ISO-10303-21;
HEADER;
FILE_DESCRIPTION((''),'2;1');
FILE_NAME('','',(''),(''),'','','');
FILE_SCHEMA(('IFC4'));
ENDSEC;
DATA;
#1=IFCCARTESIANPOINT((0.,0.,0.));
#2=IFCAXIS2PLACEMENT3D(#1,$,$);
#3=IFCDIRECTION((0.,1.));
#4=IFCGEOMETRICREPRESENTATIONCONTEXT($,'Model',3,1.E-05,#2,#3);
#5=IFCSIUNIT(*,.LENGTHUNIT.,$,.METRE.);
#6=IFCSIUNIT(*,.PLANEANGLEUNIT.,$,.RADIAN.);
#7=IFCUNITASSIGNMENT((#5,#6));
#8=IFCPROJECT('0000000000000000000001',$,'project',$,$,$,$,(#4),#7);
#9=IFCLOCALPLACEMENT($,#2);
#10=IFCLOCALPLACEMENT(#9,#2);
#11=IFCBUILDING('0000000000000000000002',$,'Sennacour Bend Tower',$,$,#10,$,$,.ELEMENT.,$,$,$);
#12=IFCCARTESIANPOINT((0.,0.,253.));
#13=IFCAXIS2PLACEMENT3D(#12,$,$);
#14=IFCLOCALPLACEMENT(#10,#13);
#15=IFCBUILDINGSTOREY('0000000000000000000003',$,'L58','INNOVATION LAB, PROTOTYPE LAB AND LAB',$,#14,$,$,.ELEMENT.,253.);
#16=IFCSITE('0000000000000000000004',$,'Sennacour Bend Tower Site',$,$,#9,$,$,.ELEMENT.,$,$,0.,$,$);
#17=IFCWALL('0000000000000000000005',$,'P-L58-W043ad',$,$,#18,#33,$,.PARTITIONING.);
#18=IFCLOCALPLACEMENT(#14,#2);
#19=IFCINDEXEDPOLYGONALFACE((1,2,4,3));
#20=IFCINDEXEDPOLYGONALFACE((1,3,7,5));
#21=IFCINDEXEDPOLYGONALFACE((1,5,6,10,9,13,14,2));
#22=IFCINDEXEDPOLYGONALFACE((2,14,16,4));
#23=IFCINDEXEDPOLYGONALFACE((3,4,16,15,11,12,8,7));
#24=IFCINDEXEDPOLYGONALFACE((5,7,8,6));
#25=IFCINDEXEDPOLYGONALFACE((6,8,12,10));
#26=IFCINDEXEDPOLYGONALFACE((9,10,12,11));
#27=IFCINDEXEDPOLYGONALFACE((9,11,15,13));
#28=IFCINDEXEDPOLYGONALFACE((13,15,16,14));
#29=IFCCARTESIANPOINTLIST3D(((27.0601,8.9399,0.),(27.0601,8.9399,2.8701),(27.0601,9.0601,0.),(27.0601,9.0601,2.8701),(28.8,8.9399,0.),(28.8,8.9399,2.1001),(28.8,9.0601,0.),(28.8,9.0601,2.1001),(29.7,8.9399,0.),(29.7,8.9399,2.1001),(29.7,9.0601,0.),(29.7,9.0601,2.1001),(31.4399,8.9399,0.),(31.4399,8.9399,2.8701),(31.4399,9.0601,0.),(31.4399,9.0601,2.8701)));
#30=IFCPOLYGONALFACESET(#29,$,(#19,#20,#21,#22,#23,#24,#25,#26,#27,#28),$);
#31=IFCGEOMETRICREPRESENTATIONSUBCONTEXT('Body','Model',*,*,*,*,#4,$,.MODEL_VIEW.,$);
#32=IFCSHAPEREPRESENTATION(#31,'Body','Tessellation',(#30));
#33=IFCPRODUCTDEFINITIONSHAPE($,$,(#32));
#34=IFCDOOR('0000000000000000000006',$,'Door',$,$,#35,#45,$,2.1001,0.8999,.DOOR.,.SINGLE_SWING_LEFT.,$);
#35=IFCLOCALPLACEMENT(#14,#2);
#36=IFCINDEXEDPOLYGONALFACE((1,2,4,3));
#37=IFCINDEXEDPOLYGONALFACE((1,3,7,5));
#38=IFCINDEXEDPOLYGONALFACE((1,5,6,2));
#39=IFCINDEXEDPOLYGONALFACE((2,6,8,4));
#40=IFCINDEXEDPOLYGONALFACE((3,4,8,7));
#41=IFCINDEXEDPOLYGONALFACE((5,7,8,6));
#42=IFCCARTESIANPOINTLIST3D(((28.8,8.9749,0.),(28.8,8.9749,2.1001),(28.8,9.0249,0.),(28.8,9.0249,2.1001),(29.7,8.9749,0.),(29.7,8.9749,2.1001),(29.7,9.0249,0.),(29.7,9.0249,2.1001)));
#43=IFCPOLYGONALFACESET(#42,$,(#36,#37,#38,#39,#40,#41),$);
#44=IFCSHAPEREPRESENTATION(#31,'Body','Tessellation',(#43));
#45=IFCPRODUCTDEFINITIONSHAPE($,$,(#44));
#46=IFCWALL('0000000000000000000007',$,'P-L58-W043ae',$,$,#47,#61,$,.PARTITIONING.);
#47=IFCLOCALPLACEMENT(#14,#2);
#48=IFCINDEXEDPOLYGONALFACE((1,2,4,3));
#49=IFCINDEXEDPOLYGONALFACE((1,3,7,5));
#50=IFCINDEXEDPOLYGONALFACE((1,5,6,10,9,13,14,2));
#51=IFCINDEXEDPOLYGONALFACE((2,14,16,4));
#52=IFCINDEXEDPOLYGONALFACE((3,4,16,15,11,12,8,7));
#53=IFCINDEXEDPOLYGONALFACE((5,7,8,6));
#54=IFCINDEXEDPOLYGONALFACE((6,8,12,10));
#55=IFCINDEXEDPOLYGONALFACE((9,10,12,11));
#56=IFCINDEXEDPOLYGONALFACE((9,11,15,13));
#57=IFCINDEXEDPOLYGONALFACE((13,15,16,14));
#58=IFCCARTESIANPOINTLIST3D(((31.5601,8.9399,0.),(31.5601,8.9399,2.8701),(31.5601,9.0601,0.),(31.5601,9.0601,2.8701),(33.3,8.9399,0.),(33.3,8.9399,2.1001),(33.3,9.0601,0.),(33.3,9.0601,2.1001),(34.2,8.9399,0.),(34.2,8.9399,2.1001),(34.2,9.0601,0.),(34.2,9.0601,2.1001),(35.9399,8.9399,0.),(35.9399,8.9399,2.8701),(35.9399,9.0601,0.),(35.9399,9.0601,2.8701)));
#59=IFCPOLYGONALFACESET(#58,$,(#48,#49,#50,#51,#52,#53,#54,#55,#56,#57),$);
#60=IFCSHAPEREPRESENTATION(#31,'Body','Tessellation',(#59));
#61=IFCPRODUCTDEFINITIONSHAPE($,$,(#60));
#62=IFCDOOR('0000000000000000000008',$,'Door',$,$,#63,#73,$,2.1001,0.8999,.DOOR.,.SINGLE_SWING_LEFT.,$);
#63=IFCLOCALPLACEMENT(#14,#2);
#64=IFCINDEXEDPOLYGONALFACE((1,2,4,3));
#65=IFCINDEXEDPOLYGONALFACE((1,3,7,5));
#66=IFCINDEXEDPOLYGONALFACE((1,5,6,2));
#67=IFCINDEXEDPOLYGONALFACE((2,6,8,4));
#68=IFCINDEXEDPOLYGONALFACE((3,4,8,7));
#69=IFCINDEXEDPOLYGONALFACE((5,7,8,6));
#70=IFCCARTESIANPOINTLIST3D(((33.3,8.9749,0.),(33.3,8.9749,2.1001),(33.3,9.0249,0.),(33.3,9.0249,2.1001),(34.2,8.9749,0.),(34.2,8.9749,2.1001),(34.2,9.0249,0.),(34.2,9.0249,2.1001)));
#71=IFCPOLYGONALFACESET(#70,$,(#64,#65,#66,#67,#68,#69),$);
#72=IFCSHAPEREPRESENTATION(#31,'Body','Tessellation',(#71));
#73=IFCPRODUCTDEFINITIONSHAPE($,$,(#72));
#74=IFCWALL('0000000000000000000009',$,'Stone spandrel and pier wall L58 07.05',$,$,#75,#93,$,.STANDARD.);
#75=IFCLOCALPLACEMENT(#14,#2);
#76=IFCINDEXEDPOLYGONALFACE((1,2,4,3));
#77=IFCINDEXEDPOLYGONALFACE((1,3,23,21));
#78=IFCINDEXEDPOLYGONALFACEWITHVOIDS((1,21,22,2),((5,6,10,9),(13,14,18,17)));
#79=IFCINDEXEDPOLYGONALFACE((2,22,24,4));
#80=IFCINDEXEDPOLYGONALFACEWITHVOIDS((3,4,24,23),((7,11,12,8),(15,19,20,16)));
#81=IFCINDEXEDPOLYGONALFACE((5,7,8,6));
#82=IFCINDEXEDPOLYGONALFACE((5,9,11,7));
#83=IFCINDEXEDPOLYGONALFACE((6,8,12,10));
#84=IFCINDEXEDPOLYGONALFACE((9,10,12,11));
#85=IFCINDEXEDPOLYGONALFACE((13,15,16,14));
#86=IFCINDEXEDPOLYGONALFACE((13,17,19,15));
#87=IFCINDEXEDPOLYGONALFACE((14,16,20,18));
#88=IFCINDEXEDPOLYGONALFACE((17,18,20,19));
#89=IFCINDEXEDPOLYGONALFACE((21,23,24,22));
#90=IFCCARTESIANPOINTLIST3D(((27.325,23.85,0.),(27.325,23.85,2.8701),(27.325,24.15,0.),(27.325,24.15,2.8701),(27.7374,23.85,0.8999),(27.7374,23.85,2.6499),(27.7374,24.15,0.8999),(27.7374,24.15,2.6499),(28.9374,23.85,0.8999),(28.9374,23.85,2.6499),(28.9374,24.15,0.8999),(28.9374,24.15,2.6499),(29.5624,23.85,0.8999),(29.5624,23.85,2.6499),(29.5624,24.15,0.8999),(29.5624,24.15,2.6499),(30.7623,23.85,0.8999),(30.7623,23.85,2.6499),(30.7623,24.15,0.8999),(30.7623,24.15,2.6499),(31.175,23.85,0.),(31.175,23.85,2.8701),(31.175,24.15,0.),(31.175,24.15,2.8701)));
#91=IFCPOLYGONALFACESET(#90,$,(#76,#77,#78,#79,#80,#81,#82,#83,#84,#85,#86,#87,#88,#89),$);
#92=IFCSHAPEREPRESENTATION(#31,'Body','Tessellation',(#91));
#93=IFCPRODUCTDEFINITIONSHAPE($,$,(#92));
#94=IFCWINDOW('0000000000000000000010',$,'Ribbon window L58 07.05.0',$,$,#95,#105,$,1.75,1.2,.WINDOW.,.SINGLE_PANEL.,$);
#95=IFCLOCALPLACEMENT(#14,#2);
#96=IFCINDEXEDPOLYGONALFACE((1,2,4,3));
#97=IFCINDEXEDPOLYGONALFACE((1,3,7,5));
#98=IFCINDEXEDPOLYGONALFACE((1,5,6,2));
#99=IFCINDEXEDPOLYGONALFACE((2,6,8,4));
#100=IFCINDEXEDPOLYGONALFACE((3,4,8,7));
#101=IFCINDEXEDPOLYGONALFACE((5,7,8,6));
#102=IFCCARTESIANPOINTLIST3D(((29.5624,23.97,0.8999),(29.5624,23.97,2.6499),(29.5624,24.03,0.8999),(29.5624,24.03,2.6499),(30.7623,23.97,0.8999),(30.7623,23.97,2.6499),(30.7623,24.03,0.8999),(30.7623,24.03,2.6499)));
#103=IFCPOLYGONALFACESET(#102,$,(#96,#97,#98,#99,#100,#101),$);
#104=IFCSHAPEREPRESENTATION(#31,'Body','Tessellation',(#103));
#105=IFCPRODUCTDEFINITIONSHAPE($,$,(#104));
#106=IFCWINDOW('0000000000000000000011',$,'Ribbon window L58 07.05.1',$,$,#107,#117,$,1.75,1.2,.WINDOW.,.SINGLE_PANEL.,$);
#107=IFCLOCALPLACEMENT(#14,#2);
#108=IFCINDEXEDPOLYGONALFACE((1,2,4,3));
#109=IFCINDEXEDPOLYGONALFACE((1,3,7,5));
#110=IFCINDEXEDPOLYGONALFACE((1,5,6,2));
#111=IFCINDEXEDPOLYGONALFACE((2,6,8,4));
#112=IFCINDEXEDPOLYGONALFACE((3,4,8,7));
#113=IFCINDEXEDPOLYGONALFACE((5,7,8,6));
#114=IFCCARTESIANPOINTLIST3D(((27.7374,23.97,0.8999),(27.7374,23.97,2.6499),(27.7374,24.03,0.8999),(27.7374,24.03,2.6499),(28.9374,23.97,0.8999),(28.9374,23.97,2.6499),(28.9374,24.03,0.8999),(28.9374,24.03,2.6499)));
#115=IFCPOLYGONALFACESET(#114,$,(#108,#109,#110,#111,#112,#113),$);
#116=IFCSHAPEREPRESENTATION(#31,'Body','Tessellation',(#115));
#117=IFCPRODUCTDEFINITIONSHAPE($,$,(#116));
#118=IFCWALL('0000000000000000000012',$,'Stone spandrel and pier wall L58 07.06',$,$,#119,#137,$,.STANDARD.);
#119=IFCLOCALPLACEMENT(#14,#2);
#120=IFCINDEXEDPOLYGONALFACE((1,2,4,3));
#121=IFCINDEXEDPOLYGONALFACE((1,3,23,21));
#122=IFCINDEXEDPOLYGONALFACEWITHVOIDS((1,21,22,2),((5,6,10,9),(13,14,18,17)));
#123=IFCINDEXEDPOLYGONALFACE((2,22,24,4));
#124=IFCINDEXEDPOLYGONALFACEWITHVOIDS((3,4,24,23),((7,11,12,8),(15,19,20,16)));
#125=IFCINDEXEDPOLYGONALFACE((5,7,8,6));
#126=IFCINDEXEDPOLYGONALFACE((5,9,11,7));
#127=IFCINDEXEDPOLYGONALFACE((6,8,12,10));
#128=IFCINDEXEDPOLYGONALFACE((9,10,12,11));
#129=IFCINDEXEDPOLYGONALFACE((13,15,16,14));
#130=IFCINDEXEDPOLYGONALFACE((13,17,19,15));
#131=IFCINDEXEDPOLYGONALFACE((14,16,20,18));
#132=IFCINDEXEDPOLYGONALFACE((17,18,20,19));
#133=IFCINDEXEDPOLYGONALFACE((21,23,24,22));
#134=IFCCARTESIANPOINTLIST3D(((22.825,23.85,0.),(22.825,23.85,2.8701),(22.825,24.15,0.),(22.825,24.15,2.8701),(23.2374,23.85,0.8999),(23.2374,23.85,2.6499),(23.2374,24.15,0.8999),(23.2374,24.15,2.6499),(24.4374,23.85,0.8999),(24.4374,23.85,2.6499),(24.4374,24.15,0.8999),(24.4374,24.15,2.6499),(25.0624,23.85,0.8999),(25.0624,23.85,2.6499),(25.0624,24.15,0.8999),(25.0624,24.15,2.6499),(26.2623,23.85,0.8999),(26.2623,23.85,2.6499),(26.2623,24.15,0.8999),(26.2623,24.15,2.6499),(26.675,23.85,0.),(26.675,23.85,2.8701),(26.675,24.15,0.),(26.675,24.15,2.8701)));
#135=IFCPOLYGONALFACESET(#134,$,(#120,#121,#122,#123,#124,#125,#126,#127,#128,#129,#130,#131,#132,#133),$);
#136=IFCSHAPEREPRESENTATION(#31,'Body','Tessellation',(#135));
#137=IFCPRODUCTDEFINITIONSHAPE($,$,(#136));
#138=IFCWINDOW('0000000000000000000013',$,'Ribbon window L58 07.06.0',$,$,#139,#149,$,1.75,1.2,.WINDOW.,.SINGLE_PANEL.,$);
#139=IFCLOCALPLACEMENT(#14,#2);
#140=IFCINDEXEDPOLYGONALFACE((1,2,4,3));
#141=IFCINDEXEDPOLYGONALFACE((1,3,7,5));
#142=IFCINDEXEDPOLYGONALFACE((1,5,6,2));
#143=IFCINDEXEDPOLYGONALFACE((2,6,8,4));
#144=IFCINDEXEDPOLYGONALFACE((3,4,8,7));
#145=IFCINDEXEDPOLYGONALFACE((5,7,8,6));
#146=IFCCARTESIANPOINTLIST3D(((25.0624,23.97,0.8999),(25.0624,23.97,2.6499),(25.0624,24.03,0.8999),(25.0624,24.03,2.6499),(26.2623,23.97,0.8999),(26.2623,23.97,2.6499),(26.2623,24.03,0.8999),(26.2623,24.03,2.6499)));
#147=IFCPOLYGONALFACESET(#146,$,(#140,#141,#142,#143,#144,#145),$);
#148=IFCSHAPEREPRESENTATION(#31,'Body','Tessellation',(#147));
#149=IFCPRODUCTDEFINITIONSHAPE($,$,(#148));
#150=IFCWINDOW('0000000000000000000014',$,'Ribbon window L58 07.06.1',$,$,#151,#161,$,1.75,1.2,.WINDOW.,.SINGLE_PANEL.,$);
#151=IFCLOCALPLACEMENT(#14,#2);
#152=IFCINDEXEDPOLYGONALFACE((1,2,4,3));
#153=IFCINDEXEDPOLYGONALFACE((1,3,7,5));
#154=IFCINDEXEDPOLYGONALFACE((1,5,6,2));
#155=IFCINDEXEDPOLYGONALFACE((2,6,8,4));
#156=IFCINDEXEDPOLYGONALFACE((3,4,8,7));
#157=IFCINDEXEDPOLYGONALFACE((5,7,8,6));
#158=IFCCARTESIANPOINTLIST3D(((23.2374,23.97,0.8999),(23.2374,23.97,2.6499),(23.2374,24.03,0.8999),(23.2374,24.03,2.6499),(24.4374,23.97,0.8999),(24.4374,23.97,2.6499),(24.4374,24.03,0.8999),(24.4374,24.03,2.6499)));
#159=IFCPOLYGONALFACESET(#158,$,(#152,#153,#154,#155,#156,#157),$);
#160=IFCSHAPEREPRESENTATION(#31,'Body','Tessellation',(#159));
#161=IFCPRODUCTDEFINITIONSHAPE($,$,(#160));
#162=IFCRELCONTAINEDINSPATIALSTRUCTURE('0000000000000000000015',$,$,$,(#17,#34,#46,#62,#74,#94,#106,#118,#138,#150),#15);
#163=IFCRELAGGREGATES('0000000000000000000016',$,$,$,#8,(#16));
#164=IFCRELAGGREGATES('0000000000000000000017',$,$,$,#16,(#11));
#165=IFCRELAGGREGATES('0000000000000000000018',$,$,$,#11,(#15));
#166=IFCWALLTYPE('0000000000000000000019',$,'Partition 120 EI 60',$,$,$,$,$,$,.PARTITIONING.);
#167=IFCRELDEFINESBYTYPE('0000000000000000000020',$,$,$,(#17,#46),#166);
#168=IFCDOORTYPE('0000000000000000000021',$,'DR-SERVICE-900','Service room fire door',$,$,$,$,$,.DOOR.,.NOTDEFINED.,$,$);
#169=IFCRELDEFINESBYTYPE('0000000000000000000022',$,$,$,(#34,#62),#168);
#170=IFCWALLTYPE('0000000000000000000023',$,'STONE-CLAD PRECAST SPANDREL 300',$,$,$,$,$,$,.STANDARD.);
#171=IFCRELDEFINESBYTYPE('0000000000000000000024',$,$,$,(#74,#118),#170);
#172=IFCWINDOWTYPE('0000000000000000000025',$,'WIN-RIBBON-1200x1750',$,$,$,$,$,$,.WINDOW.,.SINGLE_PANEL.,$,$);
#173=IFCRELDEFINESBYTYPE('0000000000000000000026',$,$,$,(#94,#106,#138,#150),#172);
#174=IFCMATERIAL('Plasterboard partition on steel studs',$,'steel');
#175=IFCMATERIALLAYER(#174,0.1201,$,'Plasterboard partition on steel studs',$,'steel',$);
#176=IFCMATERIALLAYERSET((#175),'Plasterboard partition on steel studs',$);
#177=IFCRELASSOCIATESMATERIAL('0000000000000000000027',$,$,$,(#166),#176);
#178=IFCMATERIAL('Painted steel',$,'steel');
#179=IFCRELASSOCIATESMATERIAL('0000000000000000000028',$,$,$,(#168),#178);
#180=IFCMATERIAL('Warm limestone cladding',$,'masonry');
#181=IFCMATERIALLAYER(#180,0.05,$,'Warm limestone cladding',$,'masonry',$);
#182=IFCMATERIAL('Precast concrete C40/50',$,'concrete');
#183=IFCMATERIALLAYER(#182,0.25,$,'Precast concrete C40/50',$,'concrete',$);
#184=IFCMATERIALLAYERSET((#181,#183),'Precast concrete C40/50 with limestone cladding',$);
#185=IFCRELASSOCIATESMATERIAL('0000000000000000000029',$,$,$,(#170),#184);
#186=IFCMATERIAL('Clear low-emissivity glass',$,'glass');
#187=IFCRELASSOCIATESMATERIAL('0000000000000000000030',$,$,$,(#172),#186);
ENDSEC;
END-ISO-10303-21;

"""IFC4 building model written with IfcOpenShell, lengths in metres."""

from ifc_helpers import new_model, si_unit, direction, frame, frame_2d, origin, place, context, subcontext, project, spatial, rectangle, extrude, material, layer, layer_set, type_object, element, fill, save


model = new_model("IFC4")

# Units and contexts
model_context = context("Model", 3, precision=1e-05, world=origin(), true_north=direction((0.0, 1.0)))
body_context = subcontext(model_context, "Body", "Model", "MODEL_VIEW")
ifc_project = project(units=[si_unit("LENGTHUNIT", "METRE"), si_unit("PLANEANGLEUNIT", "RADIAN")], contexts=[model_context])

# Site, building, storey
site_placement = place(None, origin())
site = spatial("IfcSite", under=ifc_project, at=site_placement, Name="Sennacour Bend Tower Site", CompositionType="ELEMENT", RefElevation=0.0)
building_placement = place(site_placement, origin())
building = spatial("IfcBuilding", under=site, at=building_placement, Name="Sennacour Bend Tower", CompositionType="ELEMENT")
storey_placement = place(building_placement, frame((0.0, 0.0, 253.0)))
storey = spatial("IfcBuildingStorey", under=building, at=storey_placement, Name="L58", Description="INNOVATION LAB, PROTOTYPE LAB AND LAB", CompositionType="ELEMENT", Elevation=253.0)

# Shared definitions
ifc_material_1 = material(Name="Plasterboard partition on steel studs", Category="steel")

# Walls, openings, doors
ifc_layer_1 = layer(ifc_material_1, 0.1201, Name="Plasterboard partition on steel studs", Category="steel")
ifc_layer_set_1 = layer_set([ifc_layer_1], Name="Plasterboard partition on steel studs")
wall_type_1 = type_object("IfcWallType", Name="Partition 120 EI 60", PredefinedType="PARTITIONING", material=ifc_layer_set_1)
wall_1_placement = place(storey_placement, frame((27.0601, 9.0, 0.0), z_axis=(0.0, 0.0, 1.0), x_axis=(1.0, 0.0, 0.0)))
wall_1 = element("IfcWall", 1, at=wall_1_placement, inside=storey, type_object=wall_type_1, Name="P-L58-W043ad", PredefinedType="PARTITIONING", context=body_context, shape_type="SweptSolid", body=[
    extrude(rectangle(XDim=4.3799, YDim=0.1201, at=frame_2d((2.1899, 0.0))), origin(), (0.0, 0.0, 1.0), 2.8701),
])
opening_1_placement = place(wall_1_placement, frame((1.74, 0.0, 0.0)))
opening_1 = element("IfcOpeningElement", 2, at=opening_1_placement, cuts=wall_1, PredefinedType="OPENING", context=body_context, shape_type="SweptSolid", body=[
    extrude(rectangle(XDim=0.8999, YDim=2.1001, at=frame_2d((0.45, 1.05))), frame((0.0, 0.0701, 0.0), z_axis=(0.0, -1.0, 0.0), x_axis=(1.0, 0.0, 0.0)), (0.0, 0.0, 1.0), 0.1401),
])
ifc_material_2 = material(Name="Painted steel", Category="steel")
door_type_1 = type_object("IfcDoorType", Name="DR-SERVICE-900", Description="Service room fire door", OperationType="NOTDEFINED", PredefinedType="DOOR", material=ifc_material_2)
door_1_placement = place(opening_1_placement, origin())
door_1 = element("IfcDoor", 3, at=door_1_placement, inside=storey, type_object=door_type_1, Name="Door", OperationType="SINGLE_SWING_LEFT", OverallHeight=2.1001, OverallWidth=0.8999, PredefinedType="DOOR", context=body_context, shape_type="SweptSolid", body=[
    extrude(rectangle(XDim=0.8999, YDim=2.1001, at=frame_2d((0.45, 1.05))), frame((0.0, 0.0249, 0.0), z_axis=(0.0, -1.0, 0.0), x_axis=(1.0, 0.0, 0.0)), (0.0, 0.0, 1.0), 0.05),
])
fill(opening_1, door_1)
wall_2_placement = place(storey_placement, frame((31.5601, 9.0, 0.0), z_axis=(0.0, 0.0, 1.0), x_axis=(1.0, 0.0, 0.0)))
wall_2 = element("IfcWall", 4, at=wall_2_placement, inside=storey, type_object=wall_type_1, Name="P-L58-W043ae", PredefinedType="PARTITIONING", context=body_context, shape_type="SweptSolid", body=[
    extrude(rectangle(XDim=4.3799, YDim=0.1201, at=frame_2d((2.1899, 0.0))), origin(), (0.0, 0.0, 1.0), 2.8701),
])
opening_2_placement = place(wall_2_placement, frame((1.74, 0.0, 0.0)))
opening_2 = element("IfcOpeningElement", 5, at=opening_2_placement, cuts=wall_2, PredefinedType="OPENING", context=body_context, shape_type="SweptSolid", body=[
    extrude(rectangle(XDim=0.8999, YDim=2.1001, at=frame_2d((0.45, 1.05))), frame((0.0, 0.0701, 0.0), z_axis=(0.0, -1.0, 0.0), x_axis=(1.0, 0.0, 0.0)), (0.0, 0.0, 1.0), 0.1401),
])
door_2_placement = place(opening_2_placement, origin())
door_2 = element("IfcDoor", 6, at=door_2_placement, inside=storey, type_object=door_type_1, Name="Door", OperationType="SINGLE_SWING_LEFT", OverallHeight=2.1001, OverallWidth=0.8999, PredefinedType="DOOR", context=body_context, shape_type="SweptSolid", body=[
    extrude(rectangle(XDim=0.8999, YDim=2.1001, at=frame_2d((0.45, 1.05))), frame((0.0, 0.0249, 0.0), z_axis=(0.0, -1.0, 0.0), x_axis=(1.0, 0.0, 0.0)), (0.0, 0.0, 1.0), 0.05),
])
fill(opening_2, door_2)

# Walls, openings, windows
ifc_material_3 = material(Name="Warm limestone cladding", Category="masonry")
ifc_layer_2 = layer(ifc_material_3, 0.05, Name="Warm limestone cladding", Category="masonry")
ifc_material_4 = material(Name="Precast concrete C40/50", Category="concrete")
ifc_layer_3 = layer(ifc_material_4, 0.25, Name="Precast concrete C40/50", Category="concrete")
ifc_layer_set_2 = layer_set([ifc_layer_2, ifc_layer_3], Name="Precast concrete C40/50 with limestone cladding")
wall_type_2 = type_object("IfcWallType", Name="STONE-CLAD PRECAST SPANDREL 300", PredefinedType="STANDARD", material=ifc_layer_set_2)
wall_3_placement = place(storey_placement, frame((31.175, 24.0, 0.0), z_axis=(0.0, 0.0, 1.0), x_axis=(-1.0, 0.0, 0.0)))
wall_3 = element("IfcWall", 7, at=wall_3_placement, inside=storey, type_object=wall_type_2, Name="Stone spandrel and pier wall L58 07.05", PredefinedType="STANDARD", context=body_context, shape_type="SweptSolid", body=[
    extrude(rectangle(XDim=3.8501, YDim=0.3, at=frame_2d((1.925, 0.0))), origin(), (0.0, 0.0, 1.0), 2.8701),
])
opening_3_placement = place(wall_3_placement, frame((0.4126, 0.0, 0.8999)))
opening_3 = element("IfcOpeningElement", 8, at=opening_3_placement, cuts=wall_3, PredefinedType="OPENING", context=body_context, shape_type="SweptSolid", body=[
    extrude(rectangle(XDim=1.2, YDim=1.75, at=frame_2d((0.6001, 0.875))), frame((0.0, 0.1602, 0.0), z_axis=(0.0, -1.0, 0.0), x_axis=(1.0, 0.0, 0.0)), (0.0, 0.0, 1.0), 0.3201),
])
opening_4_placement = place(wall_3_placement, frame((2.2375, 0.0, 0.8999)))
opening_4 = element("IfcOpeningElement", 9, at=opening_4_placement, cuts=wall_3, PredefinedType="OPENING", context=body_context, shape_type="SweptSolid", body=[
    extrude(rectangle(XDim=1.2, YDim=1.75, at=frame_2d((0.6001, 0.875))), frame((0.0, 0.1602, 0.0), z_axis=(0.0, -1.0, 0.0), x_axis=(1.0, 0.0, 0.0)), (0.0, 0.0, 1.0), 0.3201),
])
ifc_material_5 = material(Name="Clear low-emissivity glass", Category="glass")
window_type = type_object("IfcWindowType", Name="WIN-RIBBON-1200x1750", PartitioningType="SINGLE_PANEL", PredefinedType="WINDOW", material=ifc_material_5)
window_1_placement = place(opening_3_placement, origin())
window_1 = element("IfcWindow", 10, at=window_1_placement, inside=storey, type_object=window_type, Name="Ribbon window L58 07.05.0", OverallHeight=1.75, OverallWidth=1.2, PartitioningType="SINGLE_PANEL", PredefinedType="WINDOW", context=body_context, shape_type="SweptSolid", body=[
    extrude(rectangle(XDim=1.2, YDim=1.75, at=frame_2d((0.6001, 0.875))), frame((0.0, 0.03, 0.0), z_axis=(0.0, -1.0, 0.0), x_axis=(1.0, 0.0, 0.0)), (0.0, 0.0, 1.0), 0.0601),
])
fill(opening_3, window_1)
window_2_placement = place(opening_4_placement, origin())
window_2 = element("IfcWindow", 11, at=window_2_placement, inside=storey, type_object=window_type, Name="Ribbon window L58 07.05.1", OverallHeight=1.75, OverallWidth=1.2, PartitioningType="SINGLE_PANEL", PredefinedType="WINDOW", context=body_context, shape_type="SweptSolid", body=[
    extrude(rectangle(XDim=1.2, YDim=1.75, at=frame_2d((0.6001, 0.875))), frame((0.0, 0.03, 0.0), z_axis=(0.0, -1.0, 0.0), x_axis=(1.0, 0.0, 0.0)), (0.0, 0.0, 1.0), 0.0601),
])
fill(opening_4, window_2)
wall_4_placement = place(storey_placement, frame((26.675, 24.0, 0.0), z_axis=(0.0, 0.0, 1.0), x_axis=(-1.0, 0.0, 0.0)))
wall_4 = element("IfcWall", 12, at=wall_4_placement, inside=storey, type_object=wall_type_2, Name="Stone spandrel and pier wall L58 07.06", PredefinedType="STANDARD", context=body_context, shape_type="SweptSolid", body=[
    extrude(rectangle(XDim=3.8501, YDim=0.3, at=frame_2d((1.925, 0.0))), origin(), (0.0, 0.0, 1.0), 2.8701),
])
opening_5_placement = place(wall_4_placement, frame((0.4126, 0.0, 0.8999)))
opening_5 = element("IfcOpeningElement", 13, at=opening_5_placement, cuts=wall_4, PredefinedType="OPENING", context=body_context, shape_type="SweptSolid", body=[
    extrude(rectangle(XDim=1.2, YDim=1.75, at=frame_2d((0.6001, 0.875))), frame((0.0, 0.1602, 0.0), z_axis=(0.0, -1.0, 0.0), x_axis=(1.0, 0.0, 0.0)), (0.0, 0.0, 1.0), 0.3201),
])
opening_6_placement = place(wall_4_placement, frame((2.2375, 0.0, 0.8999)))
opening_6 = element("IfcOpeningElement", 14, at=opening_6_placement, cuts=wall_4, PredefinedType="OPENING", context=body_context, shape_type="SweptSolid", body=[
    extrude(rectangle(XDim=1.2, YDim=1.75, at=frame_2d((0.6001, 0.875))), frame((0.0, 0.1602, 0.0), z_axis=(0.0, -1.0, 0.0), x_axis=(1.0, 0.0, 0.0)), (0.0, 0.0, 1.0), 0.3201),
])
window_3_placement = place(opening_5_placement, origin())
window_3 = element("IfcWindow", 15, at=window_3_placement, inside=storey, type_object=window_type, Name="Ribbon window L58 07.06.0", OverallHeight=1.75, OverallWidth=1.2, PartitioningType="SINGLE_PANEL", PredefinedType="WINDOW", context=body_context, shape_type="SweptSolid", body=[
    extrude(rectangle(XDim=1.2, YDim=1.75, at=frame_2d((0.6001, 0.875))), frame((0.0, 0.03, 0.0), z_axis=(0.0, -1.0, 0.0), x_axis=(1.0, 0.0, 0.0)), (0.0, 0.0, 1.0), 0.0601),
])
fill(opening_5, window_3)
window_4_placement = place(opening_6_placement, origin())
window_4 = element("IfcWindow", 16, at=window_4_placement, inside=storey, type_object=window_type, Name="Ribbon window L58 07.06.1", OverallHeight=1.75, OverallWidth=1.2, PartitioningType="SINGLE_PANEL", PredefinedType="WINDOW", context=body_context, shape_type="SweptSolid", body=[
    extrude(rectangle(XDim=1.2, YDim=1.75, at=frame_2d((0.6001, 0.875))), frame((0.0, 0.03, 0.0), z_axis=(0.0, -1.0, 0.0), x_axis=(1.0, 0.0, 0.0)), (0.0, 0.0, 1.0), 0.0601),
])
fill(opening_6, window_4)

save(model, "model.ifc")
